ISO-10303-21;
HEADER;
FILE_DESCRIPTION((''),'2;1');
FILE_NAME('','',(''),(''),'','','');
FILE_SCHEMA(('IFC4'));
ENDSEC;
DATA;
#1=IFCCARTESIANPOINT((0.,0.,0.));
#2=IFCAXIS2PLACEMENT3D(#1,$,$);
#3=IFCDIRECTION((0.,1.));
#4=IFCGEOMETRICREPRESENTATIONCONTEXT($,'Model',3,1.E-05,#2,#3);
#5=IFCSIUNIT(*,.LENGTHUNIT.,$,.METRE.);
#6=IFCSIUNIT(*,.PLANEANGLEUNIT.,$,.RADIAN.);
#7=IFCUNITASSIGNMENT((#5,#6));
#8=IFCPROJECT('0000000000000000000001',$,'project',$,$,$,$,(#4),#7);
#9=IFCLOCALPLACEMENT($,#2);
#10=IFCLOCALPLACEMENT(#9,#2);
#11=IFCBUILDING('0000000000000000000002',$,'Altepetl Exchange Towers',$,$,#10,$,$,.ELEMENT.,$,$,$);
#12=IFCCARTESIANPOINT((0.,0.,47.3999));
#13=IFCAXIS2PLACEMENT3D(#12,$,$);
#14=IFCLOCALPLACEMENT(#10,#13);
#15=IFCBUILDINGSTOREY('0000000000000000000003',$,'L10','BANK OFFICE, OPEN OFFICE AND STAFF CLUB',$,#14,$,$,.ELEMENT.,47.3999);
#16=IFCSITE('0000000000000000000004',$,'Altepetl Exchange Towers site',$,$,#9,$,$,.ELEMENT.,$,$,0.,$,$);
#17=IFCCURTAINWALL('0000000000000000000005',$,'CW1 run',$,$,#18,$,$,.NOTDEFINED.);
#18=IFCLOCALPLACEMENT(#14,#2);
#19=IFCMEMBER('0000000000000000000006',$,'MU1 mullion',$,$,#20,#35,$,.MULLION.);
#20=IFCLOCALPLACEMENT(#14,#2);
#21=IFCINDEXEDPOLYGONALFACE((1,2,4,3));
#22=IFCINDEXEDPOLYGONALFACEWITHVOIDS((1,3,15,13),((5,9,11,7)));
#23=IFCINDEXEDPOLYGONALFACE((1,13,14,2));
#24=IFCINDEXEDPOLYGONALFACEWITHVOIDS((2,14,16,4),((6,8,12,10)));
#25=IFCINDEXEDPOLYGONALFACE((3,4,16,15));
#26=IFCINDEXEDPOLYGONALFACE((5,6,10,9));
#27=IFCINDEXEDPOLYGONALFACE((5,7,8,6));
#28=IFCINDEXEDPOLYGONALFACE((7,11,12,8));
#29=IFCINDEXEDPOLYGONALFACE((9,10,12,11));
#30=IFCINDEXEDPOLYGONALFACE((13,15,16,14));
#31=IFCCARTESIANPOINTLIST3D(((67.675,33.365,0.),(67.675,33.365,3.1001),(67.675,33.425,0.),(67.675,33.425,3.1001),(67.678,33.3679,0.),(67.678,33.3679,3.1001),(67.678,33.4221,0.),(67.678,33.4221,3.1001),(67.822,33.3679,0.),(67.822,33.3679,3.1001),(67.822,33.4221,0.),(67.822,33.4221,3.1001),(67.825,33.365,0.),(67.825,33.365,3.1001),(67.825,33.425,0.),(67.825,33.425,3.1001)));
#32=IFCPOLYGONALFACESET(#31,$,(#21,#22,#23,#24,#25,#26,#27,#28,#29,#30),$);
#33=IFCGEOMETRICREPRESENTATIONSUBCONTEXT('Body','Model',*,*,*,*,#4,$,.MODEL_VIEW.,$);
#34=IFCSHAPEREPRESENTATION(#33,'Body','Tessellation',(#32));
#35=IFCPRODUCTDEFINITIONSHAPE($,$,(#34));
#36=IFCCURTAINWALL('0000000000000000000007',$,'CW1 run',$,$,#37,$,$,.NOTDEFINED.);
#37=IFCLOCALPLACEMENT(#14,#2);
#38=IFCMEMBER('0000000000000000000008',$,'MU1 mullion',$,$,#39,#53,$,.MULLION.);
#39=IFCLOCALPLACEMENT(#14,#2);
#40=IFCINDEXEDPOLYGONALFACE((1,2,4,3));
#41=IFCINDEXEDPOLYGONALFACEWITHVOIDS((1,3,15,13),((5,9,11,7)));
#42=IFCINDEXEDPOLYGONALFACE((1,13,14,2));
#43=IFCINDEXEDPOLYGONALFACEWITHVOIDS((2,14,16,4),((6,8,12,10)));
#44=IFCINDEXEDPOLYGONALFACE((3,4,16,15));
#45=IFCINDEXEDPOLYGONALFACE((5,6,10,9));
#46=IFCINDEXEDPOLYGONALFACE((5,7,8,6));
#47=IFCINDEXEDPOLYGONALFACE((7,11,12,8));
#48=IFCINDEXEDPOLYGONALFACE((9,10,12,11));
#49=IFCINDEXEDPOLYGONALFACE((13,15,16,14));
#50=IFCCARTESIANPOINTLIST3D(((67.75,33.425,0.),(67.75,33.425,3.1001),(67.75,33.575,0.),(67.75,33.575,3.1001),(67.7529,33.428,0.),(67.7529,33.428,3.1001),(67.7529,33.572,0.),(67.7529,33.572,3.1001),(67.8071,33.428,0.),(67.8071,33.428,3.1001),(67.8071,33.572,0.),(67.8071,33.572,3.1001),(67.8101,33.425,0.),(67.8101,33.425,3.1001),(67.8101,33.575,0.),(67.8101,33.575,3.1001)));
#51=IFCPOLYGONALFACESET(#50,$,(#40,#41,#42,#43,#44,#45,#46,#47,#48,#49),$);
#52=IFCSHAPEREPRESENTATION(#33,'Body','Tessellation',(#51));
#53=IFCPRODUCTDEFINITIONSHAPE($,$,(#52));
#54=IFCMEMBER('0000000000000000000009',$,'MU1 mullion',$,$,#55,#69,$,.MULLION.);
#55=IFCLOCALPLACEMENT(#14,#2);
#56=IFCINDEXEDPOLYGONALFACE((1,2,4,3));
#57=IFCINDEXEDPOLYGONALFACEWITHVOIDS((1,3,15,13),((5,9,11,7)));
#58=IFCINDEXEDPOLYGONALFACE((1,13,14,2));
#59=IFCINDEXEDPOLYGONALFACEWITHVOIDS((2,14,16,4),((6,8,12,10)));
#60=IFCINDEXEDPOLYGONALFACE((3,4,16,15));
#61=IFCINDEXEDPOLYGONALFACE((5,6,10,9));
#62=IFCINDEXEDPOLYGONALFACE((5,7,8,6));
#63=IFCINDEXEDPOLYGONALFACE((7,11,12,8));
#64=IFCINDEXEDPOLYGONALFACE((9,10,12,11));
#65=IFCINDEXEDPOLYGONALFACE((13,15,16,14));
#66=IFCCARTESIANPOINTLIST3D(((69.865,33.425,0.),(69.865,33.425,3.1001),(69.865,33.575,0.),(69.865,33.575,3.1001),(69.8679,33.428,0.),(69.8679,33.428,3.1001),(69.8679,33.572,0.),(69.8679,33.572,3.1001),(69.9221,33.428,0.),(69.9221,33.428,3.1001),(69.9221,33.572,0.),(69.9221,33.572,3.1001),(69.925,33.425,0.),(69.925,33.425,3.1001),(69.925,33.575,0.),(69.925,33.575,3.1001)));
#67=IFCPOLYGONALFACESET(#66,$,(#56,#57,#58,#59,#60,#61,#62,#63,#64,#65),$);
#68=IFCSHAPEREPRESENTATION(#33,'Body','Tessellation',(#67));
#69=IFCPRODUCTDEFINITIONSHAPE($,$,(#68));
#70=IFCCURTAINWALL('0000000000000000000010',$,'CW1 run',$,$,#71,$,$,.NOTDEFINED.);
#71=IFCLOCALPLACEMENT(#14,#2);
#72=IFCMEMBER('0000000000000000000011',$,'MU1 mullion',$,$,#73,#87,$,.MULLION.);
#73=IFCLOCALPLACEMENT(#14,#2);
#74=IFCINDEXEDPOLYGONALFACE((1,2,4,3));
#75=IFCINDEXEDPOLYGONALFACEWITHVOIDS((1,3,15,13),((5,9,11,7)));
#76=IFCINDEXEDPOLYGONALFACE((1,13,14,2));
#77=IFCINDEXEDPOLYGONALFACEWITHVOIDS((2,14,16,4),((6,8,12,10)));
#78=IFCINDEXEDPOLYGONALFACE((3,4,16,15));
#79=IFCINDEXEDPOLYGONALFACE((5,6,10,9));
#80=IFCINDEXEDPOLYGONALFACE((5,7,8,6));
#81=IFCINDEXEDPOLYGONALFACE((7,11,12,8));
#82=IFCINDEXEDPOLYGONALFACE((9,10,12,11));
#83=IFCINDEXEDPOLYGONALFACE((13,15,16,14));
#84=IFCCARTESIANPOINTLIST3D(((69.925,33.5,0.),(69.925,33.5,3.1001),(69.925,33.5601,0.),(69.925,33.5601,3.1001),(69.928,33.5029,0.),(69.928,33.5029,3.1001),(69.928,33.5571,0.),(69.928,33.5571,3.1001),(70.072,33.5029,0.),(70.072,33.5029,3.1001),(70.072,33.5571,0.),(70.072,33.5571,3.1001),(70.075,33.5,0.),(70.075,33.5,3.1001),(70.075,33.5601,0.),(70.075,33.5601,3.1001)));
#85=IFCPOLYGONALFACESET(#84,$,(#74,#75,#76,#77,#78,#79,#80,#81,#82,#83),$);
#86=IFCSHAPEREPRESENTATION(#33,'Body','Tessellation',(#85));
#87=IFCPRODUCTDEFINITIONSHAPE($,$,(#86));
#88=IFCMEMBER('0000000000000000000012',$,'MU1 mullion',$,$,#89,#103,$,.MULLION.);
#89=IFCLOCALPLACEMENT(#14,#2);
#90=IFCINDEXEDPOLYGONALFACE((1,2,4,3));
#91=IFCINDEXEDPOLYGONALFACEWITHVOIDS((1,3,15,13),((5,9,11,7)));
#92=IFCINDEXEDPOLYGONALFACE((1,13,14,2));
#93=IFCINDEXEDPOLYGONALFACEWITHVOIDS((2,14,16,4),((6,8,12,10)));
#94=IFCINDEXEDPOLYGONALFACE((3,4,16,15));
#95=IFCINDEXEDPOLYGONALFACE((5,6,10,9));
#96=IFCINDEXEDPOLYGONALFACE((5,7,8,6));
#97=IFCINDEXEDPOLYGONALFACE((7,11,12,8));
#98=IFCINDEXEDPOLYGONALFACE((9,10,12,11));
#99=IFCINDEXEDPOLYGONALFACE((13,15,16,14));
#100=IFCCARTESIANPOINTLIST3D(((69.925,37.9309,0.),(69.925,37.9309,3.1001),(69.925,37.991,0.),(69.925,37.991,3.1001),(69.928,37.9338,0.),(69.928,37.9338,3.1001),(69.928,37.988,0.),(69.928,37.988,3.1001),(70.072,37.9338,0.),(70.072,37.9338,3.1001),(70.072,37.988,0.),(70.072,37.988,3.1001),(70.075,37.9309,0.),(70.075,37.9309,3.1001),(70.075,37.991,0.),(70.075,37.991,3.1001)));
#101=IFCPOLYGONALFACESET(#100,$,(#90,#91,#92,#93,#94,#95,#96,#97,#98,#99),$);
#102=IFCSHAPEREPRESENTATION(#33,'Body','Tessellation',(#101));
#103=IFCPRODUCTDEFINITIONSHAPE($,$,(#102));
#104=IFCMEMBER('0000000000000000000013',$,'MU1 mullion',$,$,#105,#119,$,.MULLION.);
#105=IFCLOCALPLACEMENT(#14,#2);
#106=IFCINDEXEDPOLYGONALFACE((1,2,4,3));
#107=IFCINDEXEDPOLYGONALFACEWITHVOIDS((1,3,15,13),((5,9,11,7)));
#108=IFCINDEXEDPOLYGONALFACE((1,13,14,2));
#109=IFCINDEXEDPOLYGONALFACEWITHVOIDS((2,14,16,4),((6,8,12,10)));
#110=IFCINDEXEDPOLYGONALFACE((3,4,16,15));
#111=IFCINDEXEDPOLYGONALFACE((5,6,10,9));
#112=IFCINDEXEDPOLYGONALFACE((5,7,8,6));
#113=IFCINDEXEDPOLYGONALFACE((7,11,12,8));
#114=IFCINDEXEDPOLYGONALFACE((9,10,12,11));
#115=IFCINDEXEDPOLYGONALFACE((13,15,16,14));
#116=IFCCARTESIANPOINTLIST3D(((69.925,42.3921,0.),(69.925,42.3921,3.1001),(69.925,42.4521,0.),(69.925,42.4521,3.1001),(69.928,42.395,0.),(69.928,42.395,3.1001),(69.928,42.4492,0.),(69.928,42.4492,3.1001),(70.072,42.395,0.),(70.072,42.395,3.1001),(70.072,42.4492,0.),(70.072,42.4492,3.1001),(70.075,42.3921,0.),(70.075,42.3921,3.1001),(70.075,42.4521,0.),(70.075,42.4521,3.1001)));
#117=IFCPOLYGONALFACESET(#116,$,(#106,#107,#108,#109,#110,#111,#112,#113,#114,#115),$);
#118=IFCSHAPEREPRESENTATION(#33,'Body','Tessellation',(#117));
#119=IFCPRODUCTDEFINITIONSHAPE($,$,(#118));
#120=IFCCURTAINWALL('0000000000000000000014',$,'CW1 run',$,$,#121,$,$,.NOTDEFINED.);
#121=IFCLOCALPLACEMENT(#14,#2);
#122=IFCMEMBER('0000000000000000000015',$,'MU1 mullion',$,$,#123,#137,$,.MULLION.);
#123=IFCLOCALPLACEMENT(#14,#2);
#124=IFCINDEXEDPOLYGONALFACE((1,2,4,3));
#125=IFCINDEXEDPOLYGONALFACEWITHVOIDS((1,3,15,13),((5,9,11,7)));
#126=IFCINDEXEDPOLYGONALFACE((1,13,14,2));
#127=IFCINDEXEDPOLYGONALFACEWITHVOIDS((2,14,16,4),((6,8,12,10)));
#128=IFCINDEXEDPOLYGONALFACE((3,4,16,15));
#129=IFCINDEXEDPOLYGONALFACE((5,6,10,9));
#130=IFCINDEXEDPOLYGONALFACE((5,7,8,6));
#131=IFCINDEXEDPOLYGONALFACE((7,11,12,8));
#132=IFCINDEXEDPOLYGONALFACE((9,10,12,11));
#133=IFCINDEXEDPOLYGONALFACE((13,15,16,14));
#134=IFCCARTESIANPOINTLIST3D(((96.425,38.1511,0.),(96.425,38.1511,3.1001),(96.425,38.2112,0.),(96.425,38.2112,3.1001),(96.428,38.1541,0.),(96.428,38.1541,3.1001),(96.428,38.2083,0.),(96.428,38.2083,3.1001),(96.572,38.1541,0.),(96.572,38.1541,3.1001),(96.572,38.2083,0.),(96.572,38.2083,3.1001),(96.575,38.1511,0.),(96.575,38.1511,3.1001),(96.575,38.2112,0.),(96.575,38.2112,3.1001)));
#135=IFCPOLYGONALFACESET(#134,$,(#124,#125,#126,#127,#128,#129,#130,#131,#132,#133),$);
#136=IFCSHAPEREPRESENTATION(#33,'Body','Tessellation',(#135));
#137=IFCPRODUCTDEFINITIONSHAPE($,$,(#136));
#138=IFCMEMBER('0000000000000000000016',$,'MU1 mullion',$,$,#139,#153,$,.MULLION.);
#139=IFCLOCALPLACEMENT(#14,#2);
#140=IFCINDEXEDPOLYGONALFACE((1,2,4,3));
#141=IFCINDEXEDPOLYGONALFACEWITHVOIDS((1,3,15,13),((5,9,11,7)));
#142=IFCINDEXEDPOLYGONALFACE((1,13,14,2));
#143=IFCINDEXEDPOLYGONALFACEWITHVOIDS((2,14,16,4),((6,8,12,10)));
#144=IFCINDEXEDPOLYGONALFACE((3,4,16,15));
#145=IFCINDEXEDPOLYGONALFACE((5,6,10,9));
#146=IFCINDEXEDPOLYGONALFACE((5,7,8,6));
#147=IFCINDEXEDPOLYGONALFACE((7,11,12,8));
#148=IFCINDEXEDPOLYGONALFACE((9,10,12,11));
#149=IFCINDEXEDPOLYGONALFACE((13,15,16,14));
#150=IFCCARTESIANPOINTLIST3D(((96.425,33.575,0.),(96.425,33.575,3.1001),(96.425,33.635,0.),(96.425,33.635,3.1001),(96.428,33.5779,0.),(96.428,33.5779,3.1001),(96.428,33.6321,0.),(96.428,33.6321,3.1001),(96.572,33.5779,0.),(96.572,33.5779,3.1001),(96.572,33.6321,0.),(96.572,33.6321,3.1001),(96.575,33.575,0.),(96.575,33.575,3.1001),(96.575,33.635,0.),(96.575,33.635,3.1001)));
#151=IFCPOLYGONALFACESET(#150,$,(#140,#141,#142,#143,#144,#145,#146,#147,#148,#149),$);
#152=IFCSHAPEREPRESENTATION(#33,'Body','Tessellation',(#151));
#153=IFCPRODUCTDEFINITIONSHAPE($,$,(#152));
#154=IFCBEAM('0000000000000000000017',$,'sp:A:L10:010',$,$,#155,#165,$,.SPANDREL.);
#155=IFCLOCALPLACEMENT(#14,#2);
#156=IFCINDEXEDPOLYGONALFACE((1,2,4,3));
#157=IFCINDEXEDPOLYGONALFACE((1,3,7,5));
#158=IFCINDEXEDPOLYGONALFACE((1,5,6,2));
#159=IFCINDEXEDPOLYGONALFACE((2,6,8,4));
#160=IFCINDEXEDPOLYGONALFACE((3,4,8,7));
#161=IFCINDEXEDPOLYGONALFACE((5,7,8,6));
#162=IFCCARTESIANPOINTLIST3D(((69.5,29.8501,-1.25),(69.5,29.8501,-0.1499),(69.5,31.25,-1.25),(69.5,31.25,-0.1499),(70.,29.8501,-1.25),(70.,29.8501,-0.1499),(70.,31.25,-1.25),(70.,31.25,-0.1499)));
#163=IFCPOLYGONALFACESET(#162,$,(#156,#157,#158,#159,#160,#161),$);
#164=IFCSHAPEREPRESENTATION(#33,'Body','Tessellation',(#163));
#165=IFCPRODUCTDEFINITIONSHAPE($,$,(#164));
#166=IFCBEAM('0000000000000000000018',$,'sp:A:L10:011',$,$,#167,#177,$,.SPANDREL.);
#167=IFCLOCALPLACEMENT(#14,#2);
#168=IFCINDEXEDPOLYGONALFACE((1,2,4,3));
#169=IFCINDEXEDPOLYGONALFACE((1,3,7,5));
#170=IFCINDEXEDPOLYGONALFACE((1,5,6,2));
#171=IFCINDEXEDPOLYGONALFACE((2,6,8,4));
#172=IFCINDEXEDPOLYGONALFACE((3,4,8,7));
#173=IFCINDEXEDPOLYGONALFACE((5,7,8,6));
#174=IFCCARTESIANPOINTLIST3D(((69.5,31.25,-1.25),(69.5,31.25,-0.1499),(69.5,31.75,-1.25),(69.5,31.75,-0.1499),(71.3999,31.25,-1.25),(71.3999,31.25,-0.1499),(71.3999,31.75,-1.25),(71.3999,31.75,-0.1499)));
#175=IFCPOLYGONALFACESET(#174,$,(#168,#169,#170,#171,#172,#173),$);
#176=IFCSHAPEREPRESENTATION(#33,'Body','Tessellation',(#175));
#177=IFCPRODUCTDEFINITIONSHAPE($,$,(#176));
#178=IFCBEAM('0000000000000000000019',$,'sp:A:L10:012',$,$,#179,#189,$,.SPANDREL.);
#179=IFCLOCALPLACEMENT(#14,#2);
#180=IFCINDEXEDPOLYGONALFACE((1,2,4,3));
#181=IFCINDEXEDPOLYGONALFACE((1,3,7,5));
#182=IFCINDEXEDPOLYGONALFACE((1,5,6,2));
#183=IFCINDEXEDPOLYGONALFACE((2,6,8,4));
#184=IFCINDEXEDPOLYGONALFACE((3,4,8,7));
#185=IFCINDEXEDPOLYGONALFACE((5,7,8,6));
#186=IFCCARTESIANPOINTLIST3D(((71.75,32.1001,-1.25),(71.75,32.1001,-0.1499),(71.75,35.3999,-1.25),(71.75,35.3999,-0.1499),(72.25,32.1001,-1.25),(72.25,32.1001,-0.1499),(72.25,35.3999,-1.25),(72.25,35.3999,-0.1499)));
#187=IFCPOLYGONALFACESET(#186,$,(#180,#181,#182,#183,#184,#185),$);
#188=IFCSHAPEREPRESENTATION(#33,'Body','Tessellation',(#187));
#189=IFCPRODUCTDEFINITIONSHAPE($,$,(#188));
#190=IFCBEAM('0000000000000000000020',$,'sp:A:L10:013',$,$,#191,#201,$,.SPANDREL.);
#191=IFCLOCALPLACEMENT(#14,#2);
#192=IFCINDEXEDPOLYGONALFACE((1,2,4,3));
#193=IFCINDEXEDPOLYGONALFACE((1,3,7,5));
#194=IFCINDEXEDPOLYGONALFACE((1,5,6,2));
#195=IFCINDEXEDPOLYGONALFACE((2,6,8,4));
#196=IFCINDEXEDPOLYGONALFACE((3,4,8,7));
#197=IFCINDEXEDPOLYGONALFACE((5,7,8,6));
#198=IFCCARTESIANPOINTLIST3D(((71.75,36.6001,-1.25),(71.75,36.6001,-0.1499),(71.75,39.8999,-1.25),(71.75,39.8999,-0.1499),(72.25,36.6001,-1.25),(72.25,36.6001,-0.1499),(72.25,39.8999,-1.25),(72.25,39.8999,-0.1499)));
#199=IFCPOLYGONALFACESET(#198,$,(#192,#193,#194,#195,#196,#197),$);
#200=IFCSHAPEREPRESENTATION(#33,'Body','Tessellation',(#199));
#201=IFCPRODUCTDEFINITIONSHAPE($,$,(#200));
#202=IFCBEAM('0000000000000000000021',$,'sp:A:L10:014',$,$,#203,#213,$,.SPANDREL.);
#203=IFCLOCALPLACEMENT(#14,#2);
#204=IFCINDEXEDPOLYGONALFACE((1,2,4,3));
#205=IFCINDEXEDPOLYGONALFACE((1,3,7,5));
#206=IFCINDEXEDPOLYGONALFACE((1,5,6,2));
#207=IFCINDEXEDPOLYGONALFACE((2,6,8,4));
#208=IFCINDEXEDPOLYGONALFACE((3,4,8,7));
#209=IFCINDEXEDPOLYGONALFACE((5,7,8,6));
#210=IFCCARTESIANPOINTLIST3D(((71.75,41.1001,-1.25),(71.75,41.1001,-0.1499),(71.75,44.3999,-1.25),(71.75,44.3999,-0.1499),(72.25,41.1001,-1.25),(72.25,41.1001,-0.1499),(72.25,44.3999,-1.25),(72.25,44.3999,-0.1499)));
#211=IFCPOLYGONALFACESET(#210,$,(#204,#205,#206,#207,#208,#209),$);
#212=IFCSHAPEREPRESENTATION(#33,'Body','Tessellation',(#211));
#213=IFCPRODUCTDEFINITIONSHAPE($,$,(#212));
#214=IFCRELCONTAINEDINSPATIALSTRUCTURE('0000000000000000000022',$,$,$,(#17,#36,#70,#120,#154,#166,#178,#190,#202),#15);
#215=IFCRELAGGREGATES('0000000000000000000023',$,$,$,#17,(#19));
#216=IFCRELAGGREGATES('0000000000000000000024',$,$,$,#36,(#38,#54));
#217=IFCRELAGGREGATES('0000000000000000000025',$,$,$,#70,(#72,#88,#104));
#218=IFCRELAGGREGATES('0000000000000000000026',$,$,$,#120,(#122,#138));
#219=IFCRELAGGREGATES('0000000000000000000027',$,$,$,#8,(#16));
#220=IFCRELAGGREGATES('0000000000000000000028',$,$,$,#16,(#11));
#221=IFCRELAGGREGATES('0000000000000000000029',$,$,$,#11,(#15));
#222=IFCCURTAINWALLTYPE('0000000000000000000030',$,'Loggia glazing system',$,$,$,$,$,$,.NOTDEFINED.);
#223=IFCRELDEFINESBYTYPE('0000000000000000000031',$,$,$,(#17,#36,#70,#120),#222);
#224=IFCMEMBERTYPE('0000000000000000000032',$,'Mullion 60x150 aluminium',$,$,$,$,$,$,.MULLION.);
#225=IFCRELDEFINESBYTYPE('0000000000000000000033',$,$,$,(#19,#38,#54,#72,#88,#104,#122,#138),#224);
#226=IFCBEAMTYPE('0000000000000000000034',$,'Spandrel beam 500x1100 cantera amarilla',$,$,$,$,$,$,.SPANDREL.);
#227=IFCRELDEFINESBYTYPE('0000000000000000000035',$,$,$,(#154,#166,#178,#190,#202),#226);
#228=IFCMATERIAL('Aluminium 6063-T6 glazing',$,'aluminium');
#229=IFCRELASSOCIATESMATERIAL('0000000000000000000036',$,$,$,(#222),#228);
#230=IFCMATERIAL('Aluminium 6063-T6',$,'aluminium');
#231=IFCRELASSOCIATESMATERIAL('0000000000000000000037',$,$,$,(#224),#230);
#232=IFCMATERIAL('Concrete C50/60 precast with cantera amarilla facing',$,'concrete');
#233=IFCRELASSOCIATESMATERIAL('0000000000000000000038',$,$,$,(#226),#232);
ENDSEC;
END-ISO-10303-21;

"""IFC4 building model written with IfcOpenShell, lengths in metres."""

from ifc_helpers import new_model, si_unit, direction, frame, origin, origin_2d, place, context, subcontext, project, spatial, rectangle, hollow_rectangle, extrude, material, material_profile, profile_set, type_object, element, aggregate, save


model = new_model("IFC4")

# Units and contexts
model_context = context("Model", 3, precision=1e-05, world=origin(), true_north=direction((0.0, 1.0)))
body_context = subcontext(model_context, "Body", "Model", "MODEL_VIEW")
ifc_project = project(units=[si_unit("LENGTHUNIT", "METRE"), si_unit("PLANEANGLEUNIT", "RADIAN")], contexts=[model_context])

# Site, building, storey
site_placement = place(None, origin())
site = spatial("IfcSite", under=ifc_project, at=site_placement, Name="Altepetl Exchange Towers site", CompositionType="ELEMENT", RefElevation=0.0)
building_placement = place(site_placement, origin())
building = spatial("IfcBuilding", under=site, at=building_placement, Name="Altepetl Exchange Towers", CompositionType="ELEMENT")
storey_placement = place(building_placement, frame((0.0, 0.0, 47.3999)))
storey = spatial("IfcBuildingStorey", under=building, at=storey_placement, Name="L10", Description="BANK OFFICE, OPEN OFFICE AND STAFF CLUB", CompositionType="ELEMENT", Elevation=47.3999)

# Shared definitions
ifc_material_1 = material(Name="Aluminium 6063-T6 glazing", Category="aluminium")
curtain_wall_type = type_object("IfcCurtainWallType", Name="Loggia glazing system", PredefinedType="NOTDEFINED", material=ifc_material_1)
ifc_material_2 = material(Name="Aluminium 6063-T6", Category="aluminium")
ifc_material_profile_1 = material_profile(ifc_material_2, hollow_rectangle(XDim=0.0601, YDim=0.1499, WallThickness=0.0029, at=origin_2d()), Name="Mullion 60x150 aluminium")
ifc_profile_set_1 = profile_set([ifc_material_profile_1], Name="Aluminium 6063-T6")
member_type = type_object("IfcMemberType", Name="Mullion 60x150 aluminium", PredefinedType="MULLION", material=ifc_profile_set_1)

# Curtain walls, members
curtain_wall_1_placement = place(storey_placement, origin())
curtain_wall_1 = element("IfcCurtainWall", 1, at=curtain_wall_1_placement, inside=storey, type_object=curtain_wall_type, Name="CW1 run", PredefinedType="NOTDEFINED")
member_1_placement = place(storey_placement, frame((67.75, 33.395, 0.0), z_axis=(0.0, 0.0, 1.0), x_axis=(0.0, 1.0, 0.0)))
member_1 = element("IfcMember", 2, at=member_1_placement, type_object=member_type, Name="MU1 mullion", PredefinedType="MULLION", context=body_context, shape_type="SweptSolid", body=[
    extrude(hollow_rectangle(XDim=0.0601, YDim=0.1499, WallThickness=0.0029, at=origin_2d()), origin(), (0.0, 0.0, 1.0), 3.1001),
])
curtain_wall_2_placement = place(storey_placement, origin())
curtain_wall_2 = element("IfcCurtainWall", 3, at=curtain_wall_2_placement, inside=storey, type_object=curtain_wall_type, Name="CW1 run", PredefinedType="NOTDEFINED")
member_2_placement = place(storey_placement, frame((67.78, 33.5, 0.0)))
member_2 = element("IfcMember", 4, at=member_2_placement, type_object=member_type, Name="MU1 mullion", PredefinedType="MULLION", context=body_context, shape_type="SweptSolid", body=[
    extrude(hollow_rectangle(XDim=0.0601, YDim=0.1499, WallThickness=0.0029, at=origin_2d()), origin(), (0.0, 0.0, 1.0), 3.1001),
])
member_3_placement = place(storey_placement, frame((69.895, 33.5, 0.0)))
member_3 = element("IfcMember", 5, at=member_3_placement, type_object=member_type, Name="MU1 mullion", PredefinedType="MULLION", context=body_context, shape_type="SweptSolid", body=[
    extrude(hollow_rectangle(XDim=0.0601, YDim=0.1499, WallThickness=0.0029, at=origin_2d()), origin(), (0.0, 0.0, 1.0), 3.1001),
])
curtain_wall_3_placement = place(storey_placement, origin())
curtain_wall_3 = element("IfcCurtainWall", 6, at=curtain_wall_3_placement, inside=storey, type_object=curtain_wall_type, Name="CW1 run", PredefinedType="NOTDEFINED")
member_4_placement = place(storey_placement, frame((70.0, 33.53, 0.0), z_axis=(0.0, 0.0, 1.0), x_axis=(0.0, 1.0, 0.0)))
member_4 = element("IfcMember", 7, at=member_4_placement, type_object=member_type, Name="MU1 mullion", PredefinedType="MULLION", context=body_context, shape_type="SweptSolid", body=[
    extrude(hollow_rectangle(XDim=0.0601, YDim=0.1499, WallThickness=0.0029, at=origin_2d()), origin(), (0.0, 0.0, 1.0), 3.1001),
])
member_5_placement = place(storey_placement, frame((70.0, 37.9609, 0.0), z_axis=(0.0, 0.0, 1.0), x_axis=(0.0, 1.0, 0.0)))
member_5 = element("IfcMember", 8, at=member_5_placement, type_object=member_type, Name="MU1 mullion", PredefinedType="MULLION", context=body_context, shape_type="SweptSolid", body=[
    extrude(hollow_rectangle(XDim=0.0601, YDim=0.1499, WallThickness=0.0029, at=origin_2d()), origin(), (0.0, 0.0, 1.0), 3.1001),
])
member_6_placement = place(storey_placement, frame((70.0, 42.4221, 0.0), z_axis=(0.0, 0.0, 1.0), x_axis=(0.0, 1.0, 0.0)))
member_6 = element("IfcMember", 9, at=member_6_placement, type_object=member_type, Name="MU1 mullion", PredefinedType="MULLION", context=body_context, shape_type="SweptSolid", body=[
    extrude(hollow_rectangle(XDim=0.0601, YDim=0.1499, WallThickness=0.0029, at=origin_2d()), origin(), (0.0, 0.0, 1.0), 3.1001),
])
curtain_wall_4_placement = place(storey_placement, origin())
curtain_wall_4 = element("IfcCurtainWall", 10, at=curtain_wall_4_placement, inside=storey, type_object=curtain_wall_type, Name="CW1 run", PredefinedType="NOTDEFINED")
member_7_placement = place(storey_placement, frame((96.5, 38.1812, 0.0), z_axis=(0.0, 0.0, 1.0), x_axis=(0.0, -1.0, 0.0)))
member_7 = element("IfcMember", 11, at=member_7_placement, type_object=member_type, Name="MU1 mullion", PredefinedType="MULLION", context=body_context, shape_type="SweptSolid", body=[
    extrude(hollow_rectangle(XDim=0.0601, YDim=0.1499, WallThickness=0.0029, at=origin_2d()), origin(), (0.0, 0.0, 1.0), 3.1001),
])
member_8_placement = place(storey_placement, frame((96.5, 33.605, 0.0), z_axis=(0.0, 0.0, 1.0), x_axis=(0.0, -1.0, 0.0)))
member_8 = element("IfcMember", 12, at=member_8_placement, type_object=member_type, Name="MU1 mullion", PredefinedType="MULLION", context=body_context, shape_type="SweptSolid", body=[
    extrude(hollow_rectangle(XDim=0.0601, YDim=0.1499, WallThickness=0.0029, at=origin_2d()), origin(), (0.0, 0.0, 1.0), 3.1001),
])

# Beams
ifc_material_3 = material(Name="Concrete C50/60 precast with cantera amarilla facing", Category="concrete")
ifc_material_profile_2 = material_profile(ifc_material_3, rectangle(XDim=0.5, YDim=1.1001, at=origin_2d()), Name="500 x 1100")
ifc_profile_set_2 = profile_set([ifc_material_profile_2], Name="Concrete C50/60 precast with cantera amarilla facing")
beam_type_1 = type_object("IfcBeamType", Name="Spandrel beam 500x1100 cantera amarilla", PredefinedType="SPANDREL", material=ifc_profile_set_2)
beam_1_placement = place(storey_placement, frame((69.75, 29.8501, -0.7), z_axis=(0.0, 1.0, 0.0), x_axis=(-1.0, 0.0, 0.0)))
element("IfcBeam", 13, at=beam_1_placement, inside=storey, type_object=beam_type_1, Name="sp:A:L10:010", PredefinedType="SPANDREL", context=body_context, shape_type="SweptSolid", body=[
    extrude(rectangle(XDim=0.5, YDim=1.1001, at=origin_2d()), origin(), (0.0, 0.0, 1.0), 1.3999),
])
beam_2_placement = place(storey_placement, frame((69.5, 31.5, -0.7), z_axis=(1.0, 0.0, 0.0), x_axis=(0.0, 1.0, 0.0)))
element("IfcBeam", 14, at=beam_2_placement, inside=storey, type_object=beam_type_1, Name="sp:A:L10:011", PredefinedType="SPANDREL", context=body_context, shape_type="SweptSolid", body=[
    extrude(rectangle(XDim=0.5, YDim=1.1001, at=origin_2d()), origin(), (0.0, 0.0, 1.0), 1.8999),
])
for number, where, z_axis, x_axis, name in (
    (15, (72.0, 32.1001, -0.7), (0.0, 1.0, 0.0), (-1.0, 0.0, 0.0), "sp:A:L10:012"),
    (16, (72.0, 36.6001, -0.7), (0.0, 1.0, 0.0), (-1.0, 0.0, 0.0), "sp:A:L10:013"),
    (17, (72.0, 41.1001, -0.7), (0.0, 1.0, 0.0), (-1.0, 0.0, 0.0), "sp:A:L10:014"),
):
    element("IfcBeam", number, at=place(storey_placement, frame(where, z_axis=z_axis, x_axis=x_axis)), inside=storey, type_object=beam_type_1, Name=name, PredefinedType="SPANDREL", context=body_context, shape_type="SweptSolid", body=[
        extrude(rectangle(XDim=0.5, YDim=1.1001, at=origin_2d()), origin(), (0.0, 0.0, 1.0), 3.2998),
    ])

aggregate(curtain_wall_1, [member_1])
aggregate(curtain_wall_2, [member_2, member_3])
aggregate(curtain_wall_3, [member_4, member_5, member_6])
aggregate(curtain_wall_4, [member_7, member_8])

save(model, "model.ifc")
